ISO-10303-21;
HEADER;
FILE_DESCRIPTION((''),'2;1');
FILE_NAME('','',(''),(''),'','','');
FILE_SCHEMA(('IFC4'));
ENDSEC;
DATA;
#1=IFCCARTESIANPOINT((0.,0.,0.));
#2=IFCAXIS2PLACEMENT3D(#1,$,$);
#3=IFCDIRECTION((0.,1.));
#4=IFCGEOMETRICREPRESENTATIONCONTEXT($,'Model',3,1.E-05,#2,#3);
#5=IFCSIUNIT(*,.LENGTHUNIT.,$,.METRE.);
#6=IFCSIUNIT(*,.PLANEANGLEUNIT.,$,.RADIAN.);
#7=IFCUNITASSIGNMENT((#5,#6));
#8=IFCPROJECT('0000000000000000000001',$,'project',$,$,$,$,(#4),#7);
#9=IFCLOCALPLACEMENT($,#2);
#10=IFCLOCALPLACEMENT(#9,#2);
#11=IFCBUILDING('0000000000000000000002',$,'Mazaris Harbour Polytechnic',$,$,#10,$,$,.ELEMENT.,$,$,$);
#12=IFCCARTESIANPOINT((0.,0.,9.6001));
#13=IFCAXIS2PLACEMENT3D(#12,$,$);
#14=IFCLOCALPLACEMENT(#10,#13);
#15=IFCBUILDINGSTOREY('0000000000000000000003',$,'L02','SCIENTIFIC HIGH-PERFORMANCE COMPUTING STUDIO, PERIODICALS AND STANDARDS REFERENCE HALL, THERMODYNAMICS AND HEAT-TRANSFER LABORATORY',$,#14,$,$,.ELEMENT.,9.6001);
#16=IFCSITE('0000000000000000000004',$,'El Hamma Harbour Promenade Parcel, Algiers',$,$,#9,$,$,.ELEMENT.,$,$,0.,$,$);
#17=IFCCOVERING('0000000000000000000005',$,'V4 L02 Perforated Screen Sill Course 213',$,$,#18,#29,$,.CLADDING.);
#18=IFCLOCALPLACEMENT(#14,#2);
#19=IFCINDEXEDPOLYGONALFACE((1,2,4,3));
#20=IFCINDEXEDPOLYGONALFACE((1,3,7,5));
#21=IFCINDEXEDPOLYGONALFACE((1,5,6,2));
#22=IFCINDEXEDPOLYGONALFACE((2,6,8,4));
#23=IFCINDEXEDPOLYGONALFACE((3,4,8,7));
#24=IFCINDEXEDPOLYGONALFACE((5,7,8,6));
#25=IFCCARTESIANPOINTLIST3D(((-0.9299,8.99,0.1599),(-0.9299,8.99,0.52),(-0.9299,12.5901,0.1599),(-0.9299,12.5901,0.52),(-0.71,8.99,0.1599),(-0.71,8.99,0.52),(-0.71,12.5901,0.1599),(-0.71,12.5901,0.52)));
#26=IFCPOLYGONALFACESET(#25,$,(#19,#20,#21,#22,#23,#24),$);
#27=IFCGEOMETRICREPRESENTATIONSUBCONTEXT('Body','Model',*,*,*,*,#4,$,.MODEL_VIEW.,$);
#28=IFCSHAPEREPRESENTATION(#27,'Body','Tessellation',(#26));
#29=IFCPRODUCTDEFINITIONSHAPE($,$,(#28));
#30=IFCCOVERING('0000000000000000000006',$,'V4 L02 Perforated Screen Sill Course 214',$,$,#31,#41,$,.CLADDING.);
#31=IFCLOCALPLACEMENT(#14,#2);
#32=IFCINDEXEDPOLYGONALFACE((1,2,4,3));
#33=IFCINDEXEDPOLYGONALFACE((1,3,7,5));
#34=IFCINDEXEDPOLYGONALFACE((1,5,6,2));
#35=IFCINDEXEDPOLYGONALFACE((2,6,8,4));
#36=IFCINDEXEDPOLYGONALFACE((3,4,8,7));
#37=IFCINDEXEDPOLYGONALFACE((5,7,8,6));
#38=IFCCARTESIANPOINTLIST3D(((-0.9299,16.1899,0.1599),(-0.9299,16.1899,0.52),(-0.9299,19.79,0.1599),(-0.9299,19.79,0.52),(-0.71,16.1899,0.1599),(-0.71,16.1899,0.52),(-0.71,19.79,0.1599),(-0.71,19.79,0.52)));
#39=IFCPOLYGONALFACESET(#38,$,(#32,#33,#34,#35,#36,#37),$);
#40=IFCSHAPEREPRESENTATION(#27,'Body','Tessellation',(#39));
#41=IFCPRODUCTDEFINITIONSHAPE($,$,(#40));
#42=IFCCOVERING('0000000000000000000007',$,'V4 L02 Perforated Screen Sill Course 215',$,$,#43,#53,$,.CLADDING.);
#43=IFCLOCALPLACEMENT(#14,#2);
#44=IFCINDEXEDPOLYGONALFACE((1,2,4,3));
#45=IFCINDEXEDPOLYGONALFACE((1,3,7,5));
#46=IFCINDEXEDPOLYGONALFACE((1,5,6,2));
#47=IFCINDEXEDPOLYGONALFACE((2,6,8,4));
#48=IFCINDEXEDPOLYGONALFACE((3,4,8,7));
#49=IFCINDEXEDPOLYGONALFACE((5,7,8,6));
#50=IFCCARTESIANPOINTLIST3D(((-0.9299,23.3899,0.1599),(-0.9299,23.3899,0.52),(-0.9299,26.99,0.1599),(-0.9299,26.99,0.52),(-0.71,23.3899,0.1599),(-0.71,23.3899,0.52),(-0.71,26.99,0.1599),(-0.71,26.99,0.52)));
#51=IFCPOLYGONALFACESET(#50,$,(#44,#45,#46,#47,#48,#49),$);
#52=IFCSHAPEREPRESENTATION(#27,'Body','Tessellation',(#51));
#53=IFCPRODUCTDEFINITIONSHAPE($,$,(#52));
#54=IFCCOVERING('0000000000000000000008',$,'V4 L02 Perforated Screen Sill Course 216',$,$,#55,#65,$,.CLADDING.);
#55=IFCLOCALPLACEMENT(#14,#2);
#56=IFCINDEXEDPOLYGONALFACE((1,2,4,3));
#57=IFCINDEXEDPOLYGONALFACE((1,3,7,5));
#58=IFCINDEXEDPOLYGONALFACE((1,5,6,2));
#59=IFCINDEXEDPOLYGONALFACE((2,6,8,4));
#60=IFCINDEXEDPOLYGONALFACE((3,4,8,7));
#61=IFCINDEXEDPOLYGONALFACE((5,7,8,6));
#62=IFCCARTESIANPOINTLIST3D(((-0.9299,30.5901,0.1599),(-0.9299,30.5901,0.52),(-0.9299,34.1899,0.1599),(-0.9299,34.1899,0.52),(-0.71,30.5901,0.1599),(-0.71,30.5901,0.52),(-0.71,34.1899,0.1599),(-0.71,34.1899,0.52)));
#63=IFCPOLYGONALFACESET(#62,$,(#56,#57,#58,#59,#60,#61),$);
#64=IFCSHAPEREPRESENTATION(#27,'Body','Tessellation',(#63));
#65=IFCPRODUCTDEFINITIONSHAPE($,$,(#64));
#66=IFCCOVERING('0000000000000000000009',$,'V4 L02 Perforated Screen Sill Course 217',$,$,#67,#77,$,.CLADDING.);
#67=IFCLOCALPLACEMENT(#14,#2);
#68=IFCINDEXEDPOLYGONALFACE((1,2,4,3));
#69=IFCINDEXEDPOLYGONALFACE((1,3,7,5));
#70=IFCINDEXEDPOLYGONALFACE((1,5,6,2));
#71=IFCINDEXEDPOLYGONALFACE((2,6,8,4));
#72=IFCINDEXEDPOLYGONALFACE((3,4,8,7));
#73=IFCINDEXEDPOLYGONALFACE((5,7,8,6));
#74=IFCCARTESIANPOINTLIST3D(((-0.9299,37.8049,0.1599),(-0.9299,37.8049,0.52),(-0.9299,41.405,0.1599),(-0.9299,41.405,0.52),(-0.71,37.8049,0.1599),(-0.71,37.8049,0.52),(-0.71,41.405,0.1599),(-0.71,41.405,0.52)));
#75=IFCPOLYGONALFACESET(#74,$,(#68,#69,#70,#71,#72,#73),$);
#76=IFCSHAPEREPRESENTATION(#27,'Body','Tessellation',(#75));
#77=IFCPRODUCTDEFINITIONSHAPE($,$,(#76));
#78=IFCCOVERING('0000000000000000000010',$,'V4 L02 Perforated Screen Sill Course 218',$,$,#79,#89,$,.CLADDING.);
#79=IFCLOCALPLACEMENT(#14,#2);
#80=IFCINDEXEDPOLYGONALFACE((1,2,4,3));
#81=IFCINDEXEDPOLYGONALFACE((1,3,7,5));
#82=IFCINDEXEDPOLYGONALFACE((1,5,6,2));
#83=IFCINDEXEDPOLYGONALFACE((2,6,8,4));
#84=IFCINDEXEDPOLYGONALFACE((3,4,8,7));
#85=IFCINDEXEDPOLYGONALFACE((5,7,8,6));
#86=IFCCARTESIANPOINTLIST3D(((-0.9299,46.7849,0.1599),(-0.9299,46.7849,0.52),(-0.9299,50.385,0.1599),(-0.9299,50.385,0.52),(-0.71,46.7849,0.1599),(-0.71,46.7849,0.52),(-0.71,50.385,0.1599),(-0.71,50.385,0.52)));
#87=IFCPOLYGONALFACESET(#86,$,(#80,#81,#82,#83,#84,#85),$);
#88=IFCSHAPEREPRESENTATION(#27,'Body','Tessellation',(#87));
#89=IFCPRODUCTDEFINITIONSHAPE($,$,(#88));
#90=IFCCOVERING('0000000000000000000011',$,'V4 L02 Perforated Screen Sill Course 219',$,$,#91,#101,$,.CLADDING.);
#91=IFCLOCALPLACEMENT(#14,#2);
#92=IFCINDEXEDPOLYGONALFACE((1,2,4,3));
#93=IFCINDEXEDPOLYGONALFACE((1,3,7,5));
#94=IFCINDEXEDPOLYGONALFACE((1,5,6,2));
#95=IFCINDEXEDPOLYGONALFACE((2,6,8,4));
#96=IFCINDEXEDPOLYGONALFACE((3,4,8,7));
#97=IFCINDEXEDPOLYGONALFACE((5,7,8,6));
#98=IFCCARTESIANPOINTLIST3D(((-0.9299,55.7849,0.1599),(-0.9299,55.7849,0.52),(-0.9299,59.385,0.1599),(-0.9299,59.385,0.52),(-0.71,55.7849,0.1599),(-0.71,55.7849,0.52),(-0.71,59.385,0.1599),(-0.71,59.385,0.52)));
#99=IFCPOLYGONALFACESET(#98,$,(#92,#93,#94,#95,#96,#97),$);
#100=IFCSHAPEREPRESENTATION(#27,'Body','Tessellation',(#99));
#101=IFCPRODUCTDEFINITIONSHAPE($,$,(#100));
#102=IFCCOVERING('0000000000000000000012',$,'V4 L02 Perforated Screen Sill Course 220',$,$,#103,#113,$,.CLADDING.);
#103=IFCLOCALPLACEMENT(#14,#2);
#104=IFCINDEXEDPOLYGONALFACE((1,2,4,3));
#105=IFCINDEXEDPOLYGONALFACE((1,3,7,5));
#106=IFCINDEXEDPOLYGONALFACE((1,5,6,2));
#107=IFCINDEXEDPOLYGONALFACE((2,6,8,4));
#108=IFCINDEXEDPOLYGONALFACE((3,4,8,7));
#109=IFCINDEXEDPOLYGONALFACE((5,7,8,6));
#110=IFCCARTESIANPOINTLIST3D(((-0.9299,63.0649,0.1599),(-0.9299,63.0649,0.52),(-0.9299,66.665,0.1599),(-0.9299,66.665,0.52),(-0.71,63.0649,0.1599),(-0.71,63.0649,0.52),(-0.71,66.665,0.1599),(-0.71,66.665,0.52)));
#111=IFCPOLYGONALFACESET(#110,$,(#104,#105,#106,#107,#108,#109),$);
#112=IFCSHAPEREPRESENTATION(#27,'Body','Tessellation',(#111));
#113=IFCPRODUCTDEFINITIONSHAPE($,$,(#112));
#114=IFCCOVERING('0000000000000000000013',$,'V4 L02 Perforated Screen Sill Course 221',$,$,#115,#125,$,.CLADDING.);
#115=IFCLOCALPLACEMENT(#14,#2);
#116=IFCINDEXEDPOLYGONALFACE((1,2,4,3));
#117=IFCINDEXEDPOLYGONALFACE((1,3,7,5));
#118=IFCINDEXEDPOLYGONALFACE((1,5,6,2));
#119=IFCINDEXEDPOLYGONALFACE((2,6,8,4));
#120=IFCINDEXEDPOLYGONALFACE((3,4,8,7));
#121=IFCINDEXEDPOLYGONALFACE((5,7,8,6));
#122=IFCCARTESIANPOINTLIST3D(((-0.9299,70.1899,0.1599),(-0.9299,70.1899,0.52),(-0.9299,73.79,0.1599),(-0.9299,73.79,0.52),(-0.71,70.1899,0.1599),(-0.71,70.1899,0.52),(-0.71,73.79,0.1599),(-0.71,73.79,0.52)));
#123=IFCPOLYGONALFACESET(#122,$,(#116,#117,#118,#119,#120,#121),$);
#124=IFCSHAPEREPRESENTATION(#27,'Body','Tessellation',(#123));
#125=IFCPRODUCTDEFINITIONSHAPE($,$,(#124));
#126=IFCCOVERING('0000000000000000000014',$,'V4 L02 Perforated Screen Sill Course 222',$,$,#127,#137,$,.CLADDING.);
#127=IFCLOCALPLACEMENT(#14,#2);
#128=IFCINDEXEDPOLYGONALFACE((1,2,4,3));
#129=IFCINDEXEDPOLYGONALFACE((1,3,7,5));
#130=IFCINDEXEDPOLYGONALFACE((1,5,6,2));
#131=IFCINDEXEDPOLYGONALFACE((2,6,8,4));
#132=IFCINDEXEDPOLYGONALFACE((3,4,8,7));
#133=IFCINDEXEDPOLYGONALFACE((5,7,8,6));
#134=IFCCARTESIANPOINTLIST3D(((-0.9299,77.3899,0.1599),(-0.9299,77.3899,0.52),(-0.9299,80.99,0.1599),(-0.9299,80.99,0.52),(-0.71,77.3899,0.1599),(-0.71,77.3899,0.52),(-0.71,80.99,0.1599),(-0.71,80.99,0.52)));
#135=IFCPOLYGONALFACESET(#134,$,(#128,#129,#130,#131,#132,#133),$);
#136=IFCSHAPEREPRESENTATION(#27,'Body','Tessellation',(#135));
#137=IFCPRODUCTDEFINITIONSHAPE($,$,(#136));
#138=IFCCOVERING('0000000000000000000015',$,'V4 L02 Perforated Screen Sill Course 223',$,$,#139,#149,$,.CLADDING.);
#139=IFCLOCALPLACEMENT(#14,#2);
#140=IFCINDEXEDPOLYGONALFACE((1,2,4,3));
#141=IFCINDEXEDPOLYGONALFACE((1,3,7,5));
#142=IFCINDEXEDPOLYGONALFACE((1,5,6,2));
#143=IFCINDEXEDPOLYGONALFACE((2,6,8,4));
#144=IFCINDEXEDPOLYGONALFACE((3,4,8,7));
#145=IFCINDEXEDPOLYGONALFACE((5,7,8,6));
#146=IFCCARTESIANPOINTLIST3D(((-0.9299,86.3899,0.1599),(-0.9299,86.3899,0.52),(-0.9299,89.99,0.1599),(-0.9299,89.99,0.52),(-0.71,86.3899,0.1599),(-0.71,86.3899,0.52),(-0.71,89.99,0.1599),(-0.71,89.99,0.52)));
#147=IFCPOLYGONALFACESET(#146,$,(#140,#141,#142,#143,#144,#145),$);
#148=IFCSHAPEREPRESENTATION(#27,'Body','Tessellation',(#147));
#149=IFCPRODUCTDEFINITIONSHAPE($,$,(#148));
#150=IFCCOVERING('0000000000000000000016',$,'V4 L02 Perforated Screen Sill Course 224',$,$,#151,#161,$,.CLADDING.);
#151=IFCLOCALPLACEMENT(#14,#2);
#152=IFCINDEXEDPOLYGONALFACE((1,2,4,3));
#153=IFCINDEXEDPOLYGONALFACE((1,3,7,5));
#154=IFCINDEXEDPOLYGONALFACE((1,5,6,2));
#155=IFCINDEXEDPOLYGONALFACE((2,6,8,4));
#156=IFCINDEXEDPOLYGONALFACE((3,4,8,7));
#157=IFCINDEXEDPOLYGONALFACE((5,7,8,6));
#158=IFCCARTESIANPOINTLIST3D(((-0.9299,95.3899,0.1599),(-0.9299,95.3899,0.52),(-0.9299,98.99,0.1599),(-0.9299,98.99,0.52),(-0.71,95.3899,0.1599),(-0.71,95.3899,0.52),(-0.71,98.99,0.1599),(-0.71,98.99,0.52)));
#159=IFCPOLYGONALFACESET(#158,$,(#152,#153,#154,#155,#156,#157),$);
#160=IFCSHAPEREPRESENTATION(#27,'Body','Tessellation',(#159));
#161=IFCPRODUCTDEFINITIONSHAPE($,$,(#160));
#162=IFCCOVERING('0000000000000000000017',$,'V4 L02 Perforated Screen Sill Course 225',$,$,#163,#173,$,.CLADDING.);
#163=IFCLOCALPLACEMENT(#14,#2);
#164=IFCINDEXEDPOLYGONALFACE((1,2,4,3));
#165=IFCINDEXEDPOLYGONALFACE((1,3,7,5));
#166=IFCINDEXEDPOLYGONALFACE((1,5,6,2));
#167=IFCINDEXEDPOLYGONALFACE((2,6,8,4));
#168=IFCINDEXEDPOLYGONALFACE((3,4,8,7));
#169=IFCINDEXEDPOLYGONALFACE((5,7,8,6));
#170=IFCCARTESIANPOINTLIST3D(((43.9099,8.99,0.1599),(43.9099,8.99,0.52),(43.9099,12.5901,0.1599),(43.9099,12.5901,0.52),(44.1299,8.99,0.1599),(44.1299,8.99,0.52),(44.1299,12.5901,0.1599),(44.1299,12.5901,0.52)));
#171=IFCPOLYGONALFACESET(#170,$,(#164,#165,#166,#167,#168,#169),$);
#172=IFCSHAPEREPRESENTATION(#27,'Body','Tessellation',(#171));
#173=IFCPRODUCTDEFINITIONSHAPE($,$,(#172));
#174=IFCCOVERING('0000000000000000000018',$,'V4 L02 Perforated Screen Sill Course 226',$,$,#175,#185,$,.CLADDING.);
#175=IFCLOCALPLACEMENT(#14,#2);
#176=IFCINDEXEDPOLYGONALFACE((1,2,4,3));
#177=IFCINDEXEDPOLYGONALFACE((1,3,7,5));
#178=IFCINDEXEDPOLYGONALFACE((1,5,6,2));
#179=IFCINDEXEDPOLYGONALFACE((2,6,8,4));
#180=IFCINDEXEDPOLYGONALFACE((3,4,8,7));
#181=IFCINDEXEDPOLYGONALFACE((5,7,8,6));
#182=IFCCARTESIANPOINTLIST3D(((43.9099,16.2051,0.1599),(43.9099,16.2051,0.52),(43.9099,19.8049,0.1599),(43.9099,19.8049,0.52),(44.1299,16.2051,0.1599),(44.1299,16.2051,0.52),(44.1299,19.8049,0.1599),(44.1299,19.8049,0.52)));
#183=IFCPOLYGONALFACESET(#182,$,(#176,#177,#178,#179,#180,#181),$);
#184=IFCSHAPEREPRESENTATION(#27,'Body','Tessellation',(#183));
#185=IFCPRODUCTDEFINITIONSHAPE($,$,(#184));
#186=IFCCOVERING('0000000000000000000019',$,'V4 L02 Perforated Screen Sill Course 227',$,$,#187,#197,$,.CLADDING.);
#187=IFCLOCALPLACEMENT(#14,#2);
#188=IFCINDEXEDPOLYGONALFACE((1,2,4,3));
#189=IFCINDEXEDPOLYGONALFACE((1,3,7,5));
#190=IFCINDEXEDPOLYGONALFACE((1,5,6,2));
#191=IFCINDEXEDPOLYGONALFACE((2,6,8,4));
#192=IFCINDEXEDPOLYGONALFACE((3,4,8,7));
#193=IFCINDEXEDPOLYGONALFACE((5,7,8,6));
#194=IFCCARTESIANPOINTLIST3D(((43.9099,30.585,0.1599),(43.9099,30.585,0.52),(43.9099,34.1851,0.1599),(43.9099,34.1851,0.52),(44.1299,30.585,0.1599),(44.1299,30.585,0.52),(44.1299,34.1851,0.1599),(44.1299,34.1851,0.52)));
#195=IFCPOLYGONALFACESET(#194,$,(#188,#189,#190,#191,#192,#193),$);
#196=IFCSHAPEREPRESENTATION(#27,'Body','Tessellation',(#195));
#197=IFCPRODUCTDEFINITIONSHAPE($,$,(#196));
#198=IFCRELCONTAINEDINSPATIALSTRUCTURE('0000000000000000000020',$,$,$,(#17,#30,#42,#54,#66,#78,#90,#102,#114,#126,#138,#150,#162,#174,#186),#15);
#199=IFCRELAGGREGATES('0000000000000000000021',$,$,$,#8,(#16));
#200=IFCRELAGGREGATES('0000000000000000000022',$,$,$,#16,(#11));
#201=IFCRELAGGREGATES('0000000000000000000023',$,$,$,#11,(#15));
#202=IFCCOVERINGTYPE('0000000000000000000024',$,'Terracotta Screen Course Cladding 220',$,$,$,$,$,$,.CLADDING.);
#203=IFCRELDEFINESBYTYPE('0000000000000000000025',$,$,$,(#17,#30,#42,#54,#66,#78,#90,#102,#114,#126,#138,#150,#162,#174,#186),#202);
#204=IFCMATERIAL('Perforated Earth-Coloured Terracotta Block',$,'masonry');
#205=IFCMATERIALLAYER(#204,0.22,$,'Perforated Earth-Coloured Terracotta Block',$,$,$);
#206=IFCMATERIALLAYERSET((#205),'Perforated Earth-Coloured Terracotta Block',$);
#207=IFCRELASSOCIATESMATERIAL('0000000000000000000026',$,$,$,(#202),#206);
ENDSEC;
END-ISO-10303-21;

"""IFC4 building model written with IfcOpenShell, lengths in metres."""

from ifc_helpers import new_model, si_unit, direction, frame, origin, place, context, subcontext, project, spatial, polyline, outline, extrude, material, layer, layer_set, type_object, element, save


model = new_model("IFC4")

# Units and contexts
model_context = context("Model", 3, precision=1e-05, world=origin(), true_north=direction((0.0, 1.0)))
body_context = subcontext(model_context, "Body", "Model", "MODEL_VIEW")
ifc_project = project(units=[si_unit("LENGTHUNIT", "METRE"), si_unit("PLANEANGLEUNIT", "RADIAN")], contexts=[model_context])

# Site, building, storey
site_placement = place(None, origin())
site = spatial("IfcSite", under=ifc_project, at=site_placement, Name="El Hamma Harbour Promenade Parcel, Algiers", CompositionType="ELEMENT", RefElevation=0.0)
building_placement = place(site_placement, origin())
building = spatial("IfcBuilding", under=site, at=building_placement, Name="Mazaris Harbour Polytechnic", CompositionType="ELEMENT")
storey_placement = place(building_placement, frame((0.0, 0.0, 9.6001)))
storey = spatial("IfcBuildingStorey", under=building, at=storey_placement, Name="L02", Description="SCIENTIFIC HIGH-PERFORMANCE COMPUTING STUDIO, PERIODICALS AND STANDARDS REFERENCE HALL, THERMODYNAMICS AND HEAT-TRANSFER LABORATORY", CompositionType="ELEMENT", Elevation=9.6001)

# Coverings
ifc_material = material(Name="Perforated Earth-Coloured Terracotta Block", Category="masonry")
ifc_layer = layer(ifc_material, 0.22, Name="Perforated Earth-Coloured Terracotta Block")
ifc_layer_set = layer_set([ifc_layer], Name="Perforated Earth-Coloured Terracotta Block")
covering_type = type_object("IfcCoveringType", Name="Terracotta Screen Course Cladding 220", PredefinedType="CLADDING", material=ifc_layer_set)
covering_1_placement = place(storey_placement, frame((0.0, 0.0, 0.1599)))
element("IfcCovering", 1, at=covering_1_placement, inside=storey, type_object=covering_type, Name="V4 L02 Perforated Screen Sill Course 213", PredefinedType="CLADDING", context=body_context, shape_type="SweptSolid", body=[
    extrude(outline(polyline([(-0.71, 8.99), (-0.71, 12.5901), (-0.9299, 12.5901), (-0.9299, 8.99), (-0.71, 8.99)])), origin(), (0.0, 0.0, 1.0), 0.3601),
])
covering_2_placement = place(storey_placement, frame((0.0, 0.0, 0.1599)))
element("IfcCovering", 2, at=covering_2_placement, inside=storey, type_object=covering_type, Name="V4 L02 Perforated Screen Sill Course 214", PredefinedType="CLADDING", context=body_context, shape_type="SweptSolid", body=[
    extrude(outline(polyline([(-0.71, 16.1899), (-0.71, 19.79), (-0.9299, 19.79), (-0.9299, 16.1899), (-0.71, 16.1899)])), origin(), (0.0, 0.0, 1.0), 0.3601),
])
covering_3_placement = place(storey_placement, frame((0.0, 0.0, 0.1599)))
element("IfcCovering", 3, at=covering_3_placement, inside=storey, type_object=covering_type, Name="V4 L02 Perforated Screen Sill Course 215", PredefinedType="CLADDING", context=body_context, shape_type="SweptSolid", body=[
    extrude(outline(polyline([(-0.71, 23.3899), (-0.71, 26.99), (-0.9299, 26.99), (-0.9299, 23.3899), (-0.71, 23.3899)])), origin(), (0.0, 0.0, 1.0), 0.3601),
])
covering_4_placement = place(storey_placement, frame((0.0, 0.0, 0.1599)))
element("IfcCovering", 4, at=covering_4_placement, inside=storey, type_object=covering_type, Name="V4 L02 Perforated Screen Sill Course 216", PredefinedType="CLADDING", context=body_context, shape_type="SweptSolid", body=[
    extrude(outline(polyline([(-0.71, 30.5901), (-0.71, 34.1899), (-0.9299, 34.1899), (-0.9299, 30.5901), (-0.71, 30.5901)])), origin(), (0.0, 0.0, 1.0), 0.3601),
])
covering_5_placement = place(storey_placement, frame((0.0, 0.0, 0.1599)))
element("IfcCovering", 5, at=covering_5_placement, inside=storey, type_object=covering_type, Name="V4 L02 Perforated Screen Sill Course 217", PredefinedType="CLADDING", context=body_context, shape_type="SweptSolid", body=[
    extrude(outline(polyline([(-0.71, 37.8049), (-0.71, 41.405), (-0.9299, 41.405), (-0.9299, 37.8049), (-0.71, 37.8049)])), origin(), (0.0, 0.0, 1.0), 0.3601),
])
covering_6_placement = place(storey_placement, frame((0.0, 0.0, 0.1599)))
element("IfcCovering", 6, at=covering_6_placement, inside=storey, type_object=covering_type, Name="V4 L02 Perforated Screen Sill Course 218", PredefinedType="CLADDING", context=body_context, shape_type="SweptSolid", body=[
    extrude(outline(polyline([(-0.71, 46.7849), (-0.71, 50.385), (-0.9299, 50.385), (-0.9299, 46.7849), (-0.71, 46.7849)])), origin(), (0.0, 0.0, 1.0), 0.3601),
])
covering_7_placement = place(storey_placement, frame((0.0, 0.0, 0.1599)))
element("IfcCovering", 7, at=covering_7_placement, inside=storey, type_object=covering_type, Name="V4 L02 Perforated Screen Sill Course 219", PredefinedType="CLADDING", context=body_context, shape_type="SweptSolid", body=[
    extrude(outline(polyline([(-0.71, 55.7849), (-0.71, 59.385), (-0.9299, 59.385), (-0.9299, 55.7849), (-0.71, 55.7849)])), origin(), (0.0, 0.0, 1.0), 0.3601),
])
covering_8_placement = place(storey_placement, frame((0.0, 0.0, 0.1599)))
element("IfcCovering", 8, at=covering_8_placement, inside=storey, type_object=covering_type, Name="V4 L02 Perforated Screen Sill Course 220", PredefinedType="CLADDING", context=body_context, shape_type="SweptSolid", body=[
    extrude(outline(polyline([(-0.71, 63.0649), (-0.71, 66.665), (-0.9299, 66.665), (-0.9299, 63.0649), (-0.71, 63.0649)])), origin(), (0.0, 0.0, 1.0), 0.3601),
])
covering_9_placement = place(storey_placement, frame((0.0, 0.0, 0.1599)))
element("IfcCovering", 9, at=covering_9_placement, inside=storey, type_object=covering_type, Name="V4 L02 Perforated Screen Sill Course 221", PredefinedType="CLADDING", context=body_context, shape_type="SweptSolid", body=[
    extrude(outline(polyline([(-0.71, 70.1899), (-0.71, 73.79), (-0.9299, 73.79), (-0.9299, 70.1899), (-0.71, 70.1899)])), origin(), (0.0, 0.0, 1.0), 0.3601),
])
covering_10_placement = place(storey_placement, frame((0.0, 0.0, 0.1599)))
element("IfcCovering", 10, at=covering_10_placement, inside=storey, type_object=covering_type, Name="V4 L02 Perforated Screen Sill Course 222", PredefinedType="CLADDING", context=body_context, shape_type="SweptSolid", body=[
    extrude(outline(polyline([(-0.71, 77.3899), (-0.71, 80.99), (-0.9299, 80.99), (-0.9299, 77.3899), (-0.71, 77.3899)])), origin(), (0.0, 0.0, 1.0), 0.3601),
])
covering_11_placement = place(storey_placement, frame((0.0, 0.0, 0.1599)))
element("IfcCovering", 11, at=covering_11_placement, inside=storey, type_object=covering_type, Name="V4 L02 Perforated Screen Sill Course 223", PredefinedType="CLADDING", context=body_context, shape_type="SweptSolid", body=[
    extrude(outline(polyline([(-0.71, 86.3899), (-0.71, 89.99), (-0.9299, 89.99), (-0.9299, 86.3899), (-0.71, 86.3899)])), origin(), (0.0, 0.0, 1.0), 0.3601),
])
covering_12_placement = place(storey_placement, frame((0.0, 0.0, 0.1599)))
element("IfcCovering", 12, at=covering_12_placement, inside=storey, type_object=covering_type, Name="V4 L02 Perforated Screen Sill Course 224", PredefinedType="CLADDING", context=body_context, shape_type="SweptSolid", body=[
    extrude(outline(polyline([(-0.71, 95.3899), (-0.71, 98.99), (-0.9299, 98.99), (-0.9299, 95.3899), (-0.71, 95.3899)])), origin(), (0.0, 0.0, 1.0), 0.3601),
])
covering_13_placement = place(storey_placement, frame((0.0, 0.0, 0.1599)))
element("IfcCovering", 13, at=covering_13_placement, inside=storey, type_object=covering_type, Name="V4 L02 Perforated Screen Sill Course 225", PredefinedType="CLADDING", context=body_context, shape_type="SweptSolid", body=[
    extrude(outline(polyline([(43.9099, 12.5901), (43.9099, 8.99), (44.1299, 8.99), (44.1299, 12.5901), (43.9099, 12.5901)])), origin(), (0.0, 0.0, 1.0), 0.3601),
])
covering_14_placement = place(storey_placement, frame((0.0, 0.0, 0.1599)))
element("IfcCovering", 14, at=covering_14_placement, inside=storey, type_object=covering_type, Name="V4 L02 Perforated Screen Sill Course 226", PredefinedType="CLADDING", context=body_context, shape_type="SweptSolid", body=[
    extrude(outline(polyline([(43.9099, 19.8049), (43.9099, 16.2051), (44.1299, 16.2051), (44.1299, 19.8049), (43.9099, 19.8049)])), origin(), (0.0, 0.0, 1.0), 0.3601),
])
covering_15_placement = place(storey_placement, frame((0.0, 0.0, 0.1599)))
element("IfcCovering", 15, at=covering_15_placement, inside=storey, type_object=covering_type, Name="V4 L02 Perforated Screen Sill Course 227", PredefinedType="CLADDING", context=body_context, shape_type="SweptSolid", body=[
    extrude(outline(polyline([(43.9099, 34.1851), (43.9099, 30.585), (44.1299, 30.585), (44.1299, 34.1851), (43.9099, 34.1851)])), origin(), (0.0, 0.0, 1.0), 0.3601),
])

save(model, "model.ifc")
